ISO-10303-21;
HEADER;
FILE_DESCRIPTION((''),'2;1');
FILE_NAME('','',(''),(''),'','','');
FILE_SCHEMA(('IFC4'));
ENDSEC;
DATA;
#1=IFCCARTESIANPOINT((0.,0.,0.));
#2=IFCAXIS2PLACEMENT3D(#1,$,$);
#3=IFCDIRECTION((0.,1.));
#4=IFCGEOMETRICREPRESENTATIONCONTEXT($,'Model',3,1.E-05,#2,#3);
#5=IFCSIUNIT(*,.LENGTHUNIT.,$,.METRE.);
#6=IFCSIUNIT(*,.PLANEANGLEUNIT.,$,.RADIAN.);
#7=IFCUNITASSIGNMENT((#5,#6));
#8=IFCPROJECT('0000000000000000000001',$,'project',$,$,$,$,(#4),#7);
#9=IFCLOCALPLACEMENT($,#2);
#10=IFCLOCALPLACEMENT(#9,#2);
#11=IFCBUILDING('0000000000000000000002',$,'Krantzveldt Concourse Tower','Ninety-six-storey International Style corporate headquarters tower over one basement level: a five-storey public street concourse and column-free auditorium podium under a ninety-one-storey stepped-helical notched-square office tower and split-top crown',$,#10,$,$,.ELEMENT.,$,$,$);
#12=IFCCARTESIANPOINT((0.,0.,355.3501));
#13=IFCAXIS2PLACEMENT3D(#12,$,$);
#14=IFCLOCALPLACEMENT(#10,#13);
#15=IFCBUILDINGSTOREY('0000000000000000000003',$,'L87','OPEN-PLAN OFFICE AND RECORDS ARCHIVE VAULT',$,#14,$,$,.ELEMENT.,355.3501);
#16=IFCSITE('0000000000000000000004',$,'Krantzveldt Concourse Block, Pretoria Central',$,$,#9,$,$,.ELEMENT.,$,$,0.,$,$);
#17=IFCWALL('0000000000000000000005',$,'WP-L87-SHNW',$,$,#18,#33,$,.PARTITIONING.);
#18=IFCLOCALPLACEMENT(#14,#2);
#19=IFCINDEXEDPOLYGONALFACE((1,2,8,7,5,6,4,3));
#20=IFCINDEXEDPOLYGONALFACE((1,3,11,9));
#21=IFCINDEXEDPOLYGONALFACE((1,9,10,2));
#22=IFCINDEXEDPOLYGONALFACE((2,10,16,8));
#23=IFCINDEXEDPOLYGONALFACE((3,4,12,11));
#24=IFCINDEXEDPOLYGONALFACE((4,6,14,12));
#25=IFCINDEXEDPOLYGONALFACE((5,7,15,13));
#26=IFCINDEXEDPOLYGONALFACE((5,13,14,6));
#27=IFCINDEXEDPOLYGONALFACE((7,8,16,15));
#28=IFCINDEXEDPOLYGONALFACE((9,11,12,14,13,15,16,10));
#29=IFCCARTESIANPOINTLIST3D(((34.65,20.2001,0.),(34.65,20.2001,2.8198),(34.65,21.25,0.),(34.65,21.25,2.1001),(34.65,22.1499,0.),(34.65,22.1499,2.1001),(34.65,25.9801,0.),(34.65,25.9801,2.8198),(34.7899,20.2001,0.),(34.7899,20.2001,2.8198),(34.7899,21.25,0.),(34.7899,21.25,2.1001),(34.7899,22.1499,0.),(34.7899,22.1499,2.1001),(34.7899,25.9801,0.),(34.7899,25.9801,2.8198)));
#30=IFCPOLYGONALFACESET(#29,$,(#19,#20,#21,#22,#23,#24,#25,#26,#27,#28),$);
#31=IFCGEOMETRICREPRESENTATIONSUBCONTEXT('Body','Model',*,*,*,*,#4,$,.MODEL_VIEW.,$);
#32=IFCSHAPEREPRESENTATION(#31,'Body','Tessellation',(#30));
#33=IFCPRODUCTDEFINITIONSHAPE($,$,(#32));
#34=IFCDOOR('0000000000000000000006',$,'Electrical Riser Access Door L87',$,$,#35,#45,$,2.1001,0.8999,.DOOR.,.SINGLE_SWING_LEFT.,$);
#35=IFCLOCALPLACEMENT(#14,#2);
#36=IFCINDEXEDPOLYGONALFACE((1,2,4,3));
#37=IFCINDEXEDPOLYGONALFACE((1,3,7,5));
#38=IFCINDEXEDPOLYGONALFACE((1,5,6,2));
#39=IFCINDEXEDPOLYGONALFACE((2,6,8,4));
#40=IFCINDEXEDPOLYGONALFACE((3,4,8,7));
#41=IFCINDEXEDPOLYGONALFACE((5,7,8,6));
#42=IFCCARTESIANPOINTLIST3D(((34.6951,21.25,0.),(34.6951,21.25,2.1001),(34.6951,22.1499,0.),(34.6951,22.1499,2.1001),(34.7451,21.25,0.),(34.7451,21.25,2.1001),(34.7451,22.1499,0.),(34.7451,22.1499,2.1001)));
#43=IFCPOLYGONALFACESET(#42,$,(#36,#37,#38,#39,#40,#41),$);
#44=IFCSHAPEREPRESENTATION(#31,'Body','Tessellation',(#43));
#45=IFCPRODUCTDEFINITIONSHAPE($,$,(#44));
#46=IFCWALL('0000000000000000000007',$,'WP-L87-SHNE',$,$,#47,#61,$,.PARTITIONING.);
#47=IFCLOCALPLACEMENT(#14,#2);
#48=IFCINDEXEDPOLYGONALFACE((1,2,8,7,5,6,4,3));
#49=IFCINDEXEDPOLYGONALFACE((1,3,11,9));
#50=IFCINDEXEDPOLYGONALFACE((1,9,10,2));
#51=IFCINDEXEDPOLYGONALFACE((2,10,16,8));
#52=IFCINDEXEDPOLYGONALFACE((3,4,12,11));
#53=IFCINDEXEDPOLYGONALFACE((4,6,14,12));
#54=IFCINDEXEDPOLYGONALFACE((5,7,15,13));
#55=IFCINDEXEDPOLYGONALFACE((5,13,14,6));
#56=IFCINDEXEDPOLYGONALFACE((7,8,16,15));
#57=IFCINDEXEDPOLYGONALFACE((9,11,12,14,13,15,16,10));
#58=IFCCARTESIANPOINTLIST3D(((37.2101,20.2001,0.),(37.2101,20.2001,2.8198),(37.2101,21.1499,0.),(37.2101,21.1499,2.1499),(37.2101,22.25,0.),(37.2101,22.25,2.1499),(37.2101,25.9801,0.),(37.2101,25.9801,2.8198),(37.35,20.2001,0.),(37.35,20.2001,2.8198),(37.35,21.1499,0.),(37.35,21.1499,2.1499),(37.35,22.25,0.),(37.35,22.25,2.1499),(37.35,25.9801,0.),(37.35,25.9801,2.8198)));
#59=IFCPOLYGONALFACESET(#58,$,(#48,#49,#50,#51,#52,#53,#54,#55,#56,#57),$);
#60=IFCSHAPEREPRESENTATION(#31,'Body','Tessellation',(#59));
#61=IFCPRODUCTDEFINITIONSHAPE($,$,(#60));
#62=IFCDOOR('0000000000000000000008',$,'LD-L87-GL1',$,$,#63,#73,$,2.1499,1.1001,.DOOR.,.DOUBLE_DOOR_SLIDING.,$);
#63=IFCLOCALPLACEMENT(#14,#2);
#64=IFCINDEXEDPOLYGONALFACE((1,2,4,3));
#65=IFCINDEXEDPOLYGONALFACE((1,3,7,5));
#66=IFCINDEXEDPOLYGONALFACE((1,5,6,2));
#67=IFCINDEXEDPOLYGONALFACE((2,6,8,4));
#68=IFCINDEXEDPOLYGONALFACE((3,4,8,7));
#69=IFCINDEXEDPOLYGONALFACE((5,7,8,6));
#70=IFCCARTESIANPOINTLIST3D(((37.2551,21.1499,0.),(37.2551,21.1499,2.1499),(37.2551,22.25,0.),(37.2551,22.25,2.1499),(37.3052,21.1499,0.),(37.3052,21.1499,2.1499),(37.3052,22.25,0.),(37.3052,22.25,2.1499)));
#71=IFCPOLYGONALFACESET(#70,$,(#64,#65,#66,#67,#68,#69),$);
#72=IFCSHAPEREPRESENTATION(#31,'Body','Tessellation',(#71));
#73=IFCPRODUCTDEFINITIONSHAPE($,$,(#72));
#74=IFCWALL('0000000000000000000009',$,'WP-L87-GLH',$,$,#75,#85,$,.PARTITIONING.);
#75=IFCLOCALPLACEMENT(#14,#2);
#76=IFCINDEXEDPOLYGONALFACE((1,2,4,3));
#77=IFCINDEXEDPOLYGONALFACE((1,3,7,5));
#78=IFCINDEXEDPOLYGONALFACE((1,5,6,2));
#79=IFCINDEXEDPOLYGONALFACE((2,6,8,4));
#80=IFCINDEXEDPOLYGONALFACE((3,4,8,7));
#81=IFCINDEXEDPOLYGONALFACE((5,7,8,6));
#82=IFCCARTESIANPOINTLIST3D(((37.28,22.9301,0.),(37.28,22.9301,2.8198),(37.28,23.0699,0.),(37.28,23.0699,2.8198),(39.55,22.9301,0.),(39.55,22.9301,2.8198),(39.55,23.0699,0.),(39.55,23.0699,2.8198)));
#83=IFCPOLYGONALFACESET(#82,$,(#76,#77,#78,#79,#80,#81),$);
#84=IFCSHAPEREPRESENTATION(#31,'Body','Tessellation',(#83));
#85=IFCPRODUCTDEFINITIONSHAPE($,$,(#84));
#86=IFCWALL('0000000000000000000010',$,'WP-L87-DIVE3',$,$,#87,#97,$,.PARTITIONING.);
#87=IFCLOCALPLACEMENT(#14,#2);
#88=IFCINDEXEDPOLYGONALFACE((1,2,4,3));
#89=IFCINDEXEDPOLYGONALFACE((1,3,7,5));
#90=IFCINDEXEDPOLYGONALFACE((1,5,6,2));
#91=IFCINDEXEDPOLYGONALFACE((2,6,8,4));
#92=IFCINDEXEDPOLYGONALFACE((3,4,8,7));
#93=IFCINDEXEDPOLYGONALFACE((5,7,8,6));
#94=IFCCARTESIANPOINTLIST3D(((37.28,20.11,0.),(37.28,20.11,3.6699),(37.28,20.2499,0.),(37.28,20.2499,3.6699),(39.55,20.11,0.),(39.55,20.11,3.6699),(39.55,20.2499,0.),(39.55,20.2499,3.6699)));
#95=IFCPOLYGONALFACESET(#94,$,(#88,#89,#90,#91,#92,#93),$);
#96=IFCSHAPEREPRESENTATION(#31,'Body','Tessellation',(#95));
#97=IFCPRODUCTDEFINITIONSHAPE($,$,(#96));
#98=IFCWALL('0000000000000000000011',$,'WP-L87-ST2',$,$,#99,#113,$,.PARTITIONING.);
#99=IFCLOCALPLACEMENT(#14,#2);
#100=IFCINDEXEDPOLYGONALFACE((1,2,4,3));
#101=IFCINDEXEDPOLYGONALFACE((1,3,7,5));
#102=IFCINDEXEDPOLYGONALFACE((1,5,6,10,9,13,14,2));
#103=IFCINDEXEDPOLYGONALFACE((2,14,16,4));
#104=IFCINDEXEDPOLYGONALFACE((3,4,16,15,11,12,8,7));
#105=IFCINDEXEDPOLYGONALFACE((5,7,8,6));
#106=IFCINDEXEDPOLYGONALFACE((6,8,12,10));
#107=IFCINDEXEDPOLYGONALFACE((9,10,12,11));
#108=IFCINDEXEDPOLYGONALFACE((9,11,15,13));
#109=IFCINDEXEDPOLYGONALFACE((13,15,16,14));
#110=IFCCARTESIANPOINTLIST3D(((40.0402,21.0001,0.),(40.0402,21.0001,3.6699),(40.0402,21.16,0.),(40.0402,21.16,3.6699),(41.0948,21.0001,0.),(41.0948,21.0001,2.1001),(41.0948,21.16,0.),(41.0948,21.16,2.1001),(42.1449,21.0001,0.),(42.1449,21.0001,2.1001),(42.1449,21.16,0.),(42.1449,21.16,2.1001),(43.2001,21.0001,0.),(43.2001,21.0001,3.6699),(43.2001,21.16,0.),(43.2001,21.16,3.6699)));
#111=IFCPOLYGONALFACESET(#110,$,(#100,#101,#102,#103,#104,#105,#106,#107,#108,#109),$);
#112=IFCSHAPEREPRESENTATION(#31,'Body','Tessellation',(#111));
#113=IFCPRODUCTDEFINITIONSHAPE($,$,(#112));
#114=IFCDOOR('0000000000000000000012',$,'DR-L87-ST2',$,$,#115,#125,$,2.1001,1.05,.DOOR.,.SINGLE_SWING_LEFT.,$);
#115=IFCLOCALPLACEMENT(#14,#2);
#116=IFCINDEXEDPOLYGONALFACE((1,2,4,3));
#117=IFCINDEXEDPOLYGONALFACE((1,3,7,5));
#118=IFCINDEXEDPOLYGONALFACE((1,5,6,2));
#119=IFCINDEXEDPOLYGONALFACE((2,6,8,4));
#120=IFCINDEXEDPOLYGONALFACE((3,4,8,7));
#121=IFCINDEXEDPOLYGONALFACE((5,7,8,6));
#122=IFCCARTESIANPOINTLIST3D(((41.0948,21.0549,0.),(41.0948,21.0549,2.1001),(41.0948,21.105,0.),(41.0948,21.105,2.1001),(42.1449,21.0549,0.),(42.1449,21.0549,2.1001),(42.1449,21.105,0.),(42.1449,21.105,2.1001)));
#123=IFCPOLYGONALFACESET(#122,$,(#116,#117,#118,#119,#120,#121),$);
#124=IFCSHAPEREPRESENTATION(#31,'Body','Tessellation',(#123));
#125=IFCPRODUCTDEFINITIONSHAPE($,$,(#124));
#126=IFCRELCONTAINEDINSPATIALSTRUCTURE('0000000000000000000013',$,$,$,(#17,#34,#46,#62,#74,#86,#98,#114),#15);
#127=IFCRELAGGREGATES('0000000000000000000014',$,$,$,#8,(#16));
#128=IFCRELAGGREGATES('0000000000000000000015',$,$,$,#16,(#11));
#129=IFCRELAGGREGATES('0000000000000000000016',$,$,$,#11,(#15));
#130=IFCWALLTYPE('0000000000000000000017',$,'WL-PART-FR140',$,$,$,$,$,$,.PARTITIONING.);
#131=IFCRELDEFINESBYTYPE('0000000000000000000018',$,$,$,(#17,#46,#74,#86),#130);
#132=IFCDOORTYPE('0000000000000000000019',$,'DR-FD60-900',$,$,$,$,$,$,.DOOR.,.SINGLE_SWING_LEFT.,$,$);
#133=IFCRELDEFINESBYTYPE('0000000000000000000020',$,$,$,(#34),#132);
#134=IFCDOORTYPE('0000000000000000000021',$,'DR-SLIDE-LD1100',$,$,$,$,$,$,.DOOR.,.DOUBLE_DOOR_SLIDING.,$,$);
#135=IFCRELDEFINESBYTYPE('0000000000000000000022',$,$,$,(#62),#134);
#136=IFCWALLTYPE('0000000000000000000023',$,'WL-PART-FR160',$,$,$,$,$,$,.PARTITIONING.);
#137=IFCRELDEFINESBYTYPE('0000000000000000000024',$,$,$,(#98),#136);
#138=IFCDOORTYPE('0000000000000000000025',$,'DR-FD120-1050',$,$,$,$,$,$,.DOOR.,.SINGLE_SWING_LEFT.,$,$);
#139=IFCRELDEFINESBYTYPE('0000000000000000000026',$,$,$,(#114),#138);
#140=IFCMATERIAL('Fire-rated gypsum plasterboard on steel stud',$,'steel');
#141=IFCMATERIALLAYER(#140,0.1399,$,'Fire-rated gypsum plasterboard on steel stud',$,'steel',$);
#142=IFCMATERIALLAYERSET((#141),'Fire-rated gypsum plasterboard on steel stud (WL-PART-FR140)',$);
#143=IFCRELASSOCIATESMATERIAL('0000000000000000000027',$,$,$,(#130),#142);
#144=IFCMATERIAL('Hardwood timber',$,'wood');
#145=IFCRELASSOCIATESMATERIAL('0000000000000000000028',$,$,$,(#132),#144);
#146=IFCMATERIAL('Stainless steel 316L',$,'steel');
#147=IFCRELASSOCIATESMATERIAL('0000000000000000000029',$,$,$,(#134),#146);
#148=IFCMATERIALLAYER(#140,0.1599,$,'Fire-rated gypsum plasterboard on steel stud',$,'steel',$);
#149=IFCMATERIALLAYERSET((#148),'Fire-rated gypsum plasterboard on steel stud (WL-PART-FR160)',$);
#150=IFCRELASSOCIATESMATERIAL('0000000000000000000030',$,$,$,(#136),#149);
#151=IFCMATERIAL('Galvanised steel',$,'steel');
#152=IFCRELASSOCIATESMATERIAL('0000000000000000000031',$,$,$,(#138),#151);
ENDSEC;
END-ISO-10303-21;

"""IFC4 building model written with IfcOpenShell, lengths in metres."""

from ifc_helpers import new_model, si_unit, direction, frame, frame_2d, origin, place, context, subcontext, project, spatial, rectangle, extrude, material, layer, layer_set, type_object, element, fill, save


model = new_model("IFC4")

# Units and contexts
model_context = context("Model", 3, precision=1e-05, world=origin(), true_north=direction((0.0, 1.0)))
body_context = subcontext(model_context, "Body", "Model", "MODEL_VIEW")
ifc_project = project(units=[si_unit("LENGTHUNIT", "METRE"), si_unit("PLANEANGLEUNIT", "RADIAN")], contexts=[model_context])

# Site, building, storey
site_placement = place(None, origin())
site = spatial("IfcSite", under=ifc_project, at=site_placement, Name="Krantzveldt Concourse Block, Pretoria Central", CompositionType="ELEMENT", RefElevation=0.0)
building_placement = place(site_placement, origin())
building = spatial("IfcBuilding", under=site, at=building_placement, Name="Krantzveldt Concourse Tower", Description="Ninety-six-storey International Style corporate headquarters tower over one basement level: a five-storey public street concourse and column-free auditorium podium under a ninety-one-storey stepped-helical notched-square office tower and split-top crown", CompositionType="ELEMENT")
storey_placement = place(building_placement, frame((0.0, 0.0, 355.3501)))
storey = spatial("IfcBuildingStorey", under=building, at=storey_placement, Name="L87", Description="OPEN-PLAN OFFICE AND RECORDS ARCHIVE VAULT", CompositionType="ELEMENT", Elevation=355.3501)

# Shared definitions
ifc_material_1 = material(Name="Fire-rated gypsum plasterboard on steel stud", Category="steel")

# Walls, openings, doors
ifc_layer_1 = layer(ifc_material_1, 0.1399, Name="Fire-rated gypsum plasterboard on steel stud", Category="steel")
ifc_layer_set_1 = layer_set([ifc_layer_1], Name="Fire-rated gypsum plasterboard on steel stud (WL-PART-FR140)")
wall_type_1 = type_object("IfcWallType", Name="WL-PART-FR140", PredefinedType="PARTITIONING", material=ifc_layer_set_1)
wall_1_placement = place(storey_placement, frame((34.72, 20.2, 0.0), z_axis=(0.0, 0.0, 1.0), x_axis=(0.0, 1.0, 0.0)))
wall_1 = element("IfcWall", 1, at=wall_1_placement, inside=storey, type_object=wall_type_1, Name="WP-L87-SHNW", PredefinedType="PARTITIONING", context=body_context, shape_type="SweptSolid", body=[
    extrude(rectangle(XDim=5.78, YDim=0.1399, at=frame_2d((2.8901, 0.0))), origin(), (0.0, 0.0, 1.0), 2.8198),
])
opening_1_placement = place(wall_1_placement, frame((1.05, 0.0, 0.0)))
opening_1 = element("IfcOpeningElement", 2, at=opening_1_placement, cuts=wall_1, PredefinedType="OPENING", context=body_context, shape_type="SweptSolid", body=[
    extrude(rectangle(XDim=0.8999, YDim=2.1001, at=frame_2d((0.45, 1.05))), frame((0.0, 0.0801, 0.0), z_axis=(0.0, -1.0, 0.0), x_axis=(1.0, 0.0, 0.0)), (0.0, 0.0, 1.0), 0.1599),
])
ifc_material_2 = material(Name="Hardwood timber", Category="wood")
door_type_1 = type_object("IfcDoorType", Name="DR-FD60-900", OperationType="SINGLE_SWING_LEFT", PredefinedType="DOOR", material=ifc_material_2)
door_1_placement = place(opening_1_placement, origin())
door_1 = element("IfcDoor", 3, at=door_1_placement, inside=storey, type_object=door_type_1, Name="Electrical Riser Access Door L87", OperationType="SINGLE_SWING_LEFT", OverallHeight=2.1001, OverallWidth=0.8999, PredefinedType="DOOR", context=body_context, shape_type="SweptSolid", body=[
    extrude(rectangle(XDim=0.8999, YDim=2.1001, at=frame_2d((0.45, 1.05))), frame((0.0, 0.0249, 0.0), z_axis=(0.0, -1.0, 0.0), x_axis=(1.0, 0.0, 0.0)), (0.0, 0.0, 1.0), 0.05),
])
fill(opening_1, door_1)
wall_2_placement = place(storey_placement, frame((37.28, 20.2, 0.0), z_axis=(0.0, 0.0, 1.0), x_axis=(0.0, 1.0, 0.0)))
wall_2 = element("IfcWall", 4, at=wall_2_placement, inside=storey, type_object=wall_type_1, Name="WP-L87-SHNE", PredefinedType="PARTITIONING", context=body_context, shape_type="SweptSolid", body=[
    extrude(rectangle(XDim=5.78, YDim=0.1399, at=frame_2d((2.8901, 0.0))), origin(), (0.0, 0.0, 1.0), 2.8198),
])
opening_2_placement = place(wall_2_placement, frame((0.95, 0.0, 0.0)))
opening_2 = element("IfcOpeningElement", 5, at=opening_2_placement, cuts=wall_2, PredefinedType="OPENING", context=body_context, shape_type="SweptSolid", body=[
    extrude(rectangle(XDim=1.1001, YDim=2.1499, at=frame_2d((0.55, 1.075))), frame((0.0, 0.0801, 0.0), z_axis=(0.0, -1.0, 0.0), x_axis=(1.0, 0.0, 0.0)), (0.0, 0.0, 1.0), 0.1599),
])
ifc_material_3 = material(Name="Stainless steel 316L", Category="steel")
door_type_2 = type_object("IfcDoorType", Name="DR-SLIDE-LD1100", OperationType="DOUBLE_DOOR_SLIDING", PredefinedType="DOOR", material=ifc_material_3)
door_2_placement = place(opening_2_placement, origin())
door_2 = element("IfcDoor", 6, at=door_2_placement, inside=storey, type_object=door_type_2, Name="LD-L87-GL1", OperationType="DOUBLE_DOOR_SLIDING", OverallHeight=2.1499, OverallWidth=1.1001, PredefinedType="DOOR", context=body_context, shape_type="SweptSolid", body=[
    extrude(rectangle(XDim=1.1001, YDim=2.1499, at=frame_2d((0.55, 1.075))), frame((0.0, 0.0249, 0.0), z_axis=(0.0, -1.0, 0.0), x_axis=(1.0, 0.0, 0.0)), (0.0, 0.0, 1.0), 0.05),
])
fill(opening_2, door_2)

# Walls
wall_3_placement = place(storey_placement, frame((37.28, 23.0, 0.0), z_axis=(0.0, 0.0, 1.0), x_axis=(1.0, 0.0, 0.0)))
element("IfcWall", 7, at=wall_3_placement, inside=storey, type_object=wall_type_1, Name="WP-L87-GLH", PredefinedType="PARTITIONING", context=body_context, shape_type="SweptSolid", body=[
    extrude(rectangle(XDim=2.27, YDim=0.1399, at=frame_2d((1.135, 0.0))), origin(), (0.0, 0.0, 1.0), 2.8198),
])
wall_4_placement = place(storey_placement, frame((37.28, 20.1799, 0.0), z_axis=(0.0, 0.0, 1.0), x_axis=(1.0, 0.0, 0.0)))
element("IfcWall", 8, at=wall_4_placement, inside=storey, type_object=wall_type_1, Name="WP-L87-DIVE3", PredefinedType="PARTITIONING", context=body_context, shape_type="SweptSolid", body=[
    extrude(rectangle(XDim=2.27, YDim=0.1399, at=frame_2d((1.135, 0.0))), origin(), (0.0, 0.0, 1.0), 3.6699),
])

# Wall, opening, door
ifc_layer_2 = layer(ifc_material_1, 0.1599, Name="Fire-rated gypsum plasterboard on steel stud", Category="steel")
ifc_layer_set_2 = layer_set([ifc_layer_2], Name="Fire-rated gypsum plasterboard on steel stud (WL-PART-FR160)")
wall_type_2 = type_object("IfcWallType", Name="WL-PART-FR160", PredefinedType="PARTITIONING", material=ifc_layer_set_2)
wall_5_placement = place(storey_placement, frame((40.04, 21.0801, 0.0), z_axis=(0.0, 0.0, 1.0), x_axis=(1.0, 0.0, 0.0)))
wall_5 = element("IfcWall", 9, at=wall_5_placement, inside=storey, type_object=wall_type_2, Name="WP-L87-ST2", PredefinedType="PARTITIONING", context=body_context, shape_type="SweptSolid", body=[
    extrude(rectangle(XDim=3.1599, YDim=0.1599, at=frame_2d((1.5801, 0.0))), origin(), (0.0, 0.0, 1.0), 3.6699),
])
opening_3_placement = place(wall_5_placement, frame((1.0549, 0.0, 0.0)))
opening_3 = element("IfcOpeningElement", 10, at=opening_3_placement, cuts=wall_5, PredefinedType="OPENING", context=body_context, shape_type="SweptSolid", body=[
    extrude(rectangle(XDim=1.05, YDim=2.1001, at=frame_2d((0.5249, 1.05))), frame((0.0, 0.0898, 0.0), z_axis=(0.0, -1.0, 0.0), x_axis=(1.0, 0.0, 0.0)), (0.0, 0.0, 1.0), 0.1799),
])
ifc_material_4 = material(Name="Galvanised steel", Category="steel")
door_type_3 = type_object("IfcDoorType", Name="DR-FD120-1050", OperationType="SINGLE_SWING_LEFT", PredefinedType="DOOR", material=ifc_material_4)
door_3_placement = place(opening_3_placement, origin())
door_3 = element("IfcDoor", 11, at=door_3_placement, inside=storey, type_object=door_type_3, Name="DR-L87-ST2", OperationType="SINGLE_SWING_LEFT", OverallHeight=2.1001, OverallWidth=1.05, PredefinedType="DOOR", context=body_context, shape_type="SweptSolid", body=[
    extrude(rectangle(XDim=1.05, YDim=2.1001, at=frame_2d((0.5249, 1.05))), frame((0.0, 0.0249, 0.0), z_axis=(0.0, -1.0, 0.0), x_axis=(1.0, 0.0, 0.0)), (0.0, 0.0, 1.0), 0.05),
])
fill(opening_3, door_3)

save(model, "model.ifc")
